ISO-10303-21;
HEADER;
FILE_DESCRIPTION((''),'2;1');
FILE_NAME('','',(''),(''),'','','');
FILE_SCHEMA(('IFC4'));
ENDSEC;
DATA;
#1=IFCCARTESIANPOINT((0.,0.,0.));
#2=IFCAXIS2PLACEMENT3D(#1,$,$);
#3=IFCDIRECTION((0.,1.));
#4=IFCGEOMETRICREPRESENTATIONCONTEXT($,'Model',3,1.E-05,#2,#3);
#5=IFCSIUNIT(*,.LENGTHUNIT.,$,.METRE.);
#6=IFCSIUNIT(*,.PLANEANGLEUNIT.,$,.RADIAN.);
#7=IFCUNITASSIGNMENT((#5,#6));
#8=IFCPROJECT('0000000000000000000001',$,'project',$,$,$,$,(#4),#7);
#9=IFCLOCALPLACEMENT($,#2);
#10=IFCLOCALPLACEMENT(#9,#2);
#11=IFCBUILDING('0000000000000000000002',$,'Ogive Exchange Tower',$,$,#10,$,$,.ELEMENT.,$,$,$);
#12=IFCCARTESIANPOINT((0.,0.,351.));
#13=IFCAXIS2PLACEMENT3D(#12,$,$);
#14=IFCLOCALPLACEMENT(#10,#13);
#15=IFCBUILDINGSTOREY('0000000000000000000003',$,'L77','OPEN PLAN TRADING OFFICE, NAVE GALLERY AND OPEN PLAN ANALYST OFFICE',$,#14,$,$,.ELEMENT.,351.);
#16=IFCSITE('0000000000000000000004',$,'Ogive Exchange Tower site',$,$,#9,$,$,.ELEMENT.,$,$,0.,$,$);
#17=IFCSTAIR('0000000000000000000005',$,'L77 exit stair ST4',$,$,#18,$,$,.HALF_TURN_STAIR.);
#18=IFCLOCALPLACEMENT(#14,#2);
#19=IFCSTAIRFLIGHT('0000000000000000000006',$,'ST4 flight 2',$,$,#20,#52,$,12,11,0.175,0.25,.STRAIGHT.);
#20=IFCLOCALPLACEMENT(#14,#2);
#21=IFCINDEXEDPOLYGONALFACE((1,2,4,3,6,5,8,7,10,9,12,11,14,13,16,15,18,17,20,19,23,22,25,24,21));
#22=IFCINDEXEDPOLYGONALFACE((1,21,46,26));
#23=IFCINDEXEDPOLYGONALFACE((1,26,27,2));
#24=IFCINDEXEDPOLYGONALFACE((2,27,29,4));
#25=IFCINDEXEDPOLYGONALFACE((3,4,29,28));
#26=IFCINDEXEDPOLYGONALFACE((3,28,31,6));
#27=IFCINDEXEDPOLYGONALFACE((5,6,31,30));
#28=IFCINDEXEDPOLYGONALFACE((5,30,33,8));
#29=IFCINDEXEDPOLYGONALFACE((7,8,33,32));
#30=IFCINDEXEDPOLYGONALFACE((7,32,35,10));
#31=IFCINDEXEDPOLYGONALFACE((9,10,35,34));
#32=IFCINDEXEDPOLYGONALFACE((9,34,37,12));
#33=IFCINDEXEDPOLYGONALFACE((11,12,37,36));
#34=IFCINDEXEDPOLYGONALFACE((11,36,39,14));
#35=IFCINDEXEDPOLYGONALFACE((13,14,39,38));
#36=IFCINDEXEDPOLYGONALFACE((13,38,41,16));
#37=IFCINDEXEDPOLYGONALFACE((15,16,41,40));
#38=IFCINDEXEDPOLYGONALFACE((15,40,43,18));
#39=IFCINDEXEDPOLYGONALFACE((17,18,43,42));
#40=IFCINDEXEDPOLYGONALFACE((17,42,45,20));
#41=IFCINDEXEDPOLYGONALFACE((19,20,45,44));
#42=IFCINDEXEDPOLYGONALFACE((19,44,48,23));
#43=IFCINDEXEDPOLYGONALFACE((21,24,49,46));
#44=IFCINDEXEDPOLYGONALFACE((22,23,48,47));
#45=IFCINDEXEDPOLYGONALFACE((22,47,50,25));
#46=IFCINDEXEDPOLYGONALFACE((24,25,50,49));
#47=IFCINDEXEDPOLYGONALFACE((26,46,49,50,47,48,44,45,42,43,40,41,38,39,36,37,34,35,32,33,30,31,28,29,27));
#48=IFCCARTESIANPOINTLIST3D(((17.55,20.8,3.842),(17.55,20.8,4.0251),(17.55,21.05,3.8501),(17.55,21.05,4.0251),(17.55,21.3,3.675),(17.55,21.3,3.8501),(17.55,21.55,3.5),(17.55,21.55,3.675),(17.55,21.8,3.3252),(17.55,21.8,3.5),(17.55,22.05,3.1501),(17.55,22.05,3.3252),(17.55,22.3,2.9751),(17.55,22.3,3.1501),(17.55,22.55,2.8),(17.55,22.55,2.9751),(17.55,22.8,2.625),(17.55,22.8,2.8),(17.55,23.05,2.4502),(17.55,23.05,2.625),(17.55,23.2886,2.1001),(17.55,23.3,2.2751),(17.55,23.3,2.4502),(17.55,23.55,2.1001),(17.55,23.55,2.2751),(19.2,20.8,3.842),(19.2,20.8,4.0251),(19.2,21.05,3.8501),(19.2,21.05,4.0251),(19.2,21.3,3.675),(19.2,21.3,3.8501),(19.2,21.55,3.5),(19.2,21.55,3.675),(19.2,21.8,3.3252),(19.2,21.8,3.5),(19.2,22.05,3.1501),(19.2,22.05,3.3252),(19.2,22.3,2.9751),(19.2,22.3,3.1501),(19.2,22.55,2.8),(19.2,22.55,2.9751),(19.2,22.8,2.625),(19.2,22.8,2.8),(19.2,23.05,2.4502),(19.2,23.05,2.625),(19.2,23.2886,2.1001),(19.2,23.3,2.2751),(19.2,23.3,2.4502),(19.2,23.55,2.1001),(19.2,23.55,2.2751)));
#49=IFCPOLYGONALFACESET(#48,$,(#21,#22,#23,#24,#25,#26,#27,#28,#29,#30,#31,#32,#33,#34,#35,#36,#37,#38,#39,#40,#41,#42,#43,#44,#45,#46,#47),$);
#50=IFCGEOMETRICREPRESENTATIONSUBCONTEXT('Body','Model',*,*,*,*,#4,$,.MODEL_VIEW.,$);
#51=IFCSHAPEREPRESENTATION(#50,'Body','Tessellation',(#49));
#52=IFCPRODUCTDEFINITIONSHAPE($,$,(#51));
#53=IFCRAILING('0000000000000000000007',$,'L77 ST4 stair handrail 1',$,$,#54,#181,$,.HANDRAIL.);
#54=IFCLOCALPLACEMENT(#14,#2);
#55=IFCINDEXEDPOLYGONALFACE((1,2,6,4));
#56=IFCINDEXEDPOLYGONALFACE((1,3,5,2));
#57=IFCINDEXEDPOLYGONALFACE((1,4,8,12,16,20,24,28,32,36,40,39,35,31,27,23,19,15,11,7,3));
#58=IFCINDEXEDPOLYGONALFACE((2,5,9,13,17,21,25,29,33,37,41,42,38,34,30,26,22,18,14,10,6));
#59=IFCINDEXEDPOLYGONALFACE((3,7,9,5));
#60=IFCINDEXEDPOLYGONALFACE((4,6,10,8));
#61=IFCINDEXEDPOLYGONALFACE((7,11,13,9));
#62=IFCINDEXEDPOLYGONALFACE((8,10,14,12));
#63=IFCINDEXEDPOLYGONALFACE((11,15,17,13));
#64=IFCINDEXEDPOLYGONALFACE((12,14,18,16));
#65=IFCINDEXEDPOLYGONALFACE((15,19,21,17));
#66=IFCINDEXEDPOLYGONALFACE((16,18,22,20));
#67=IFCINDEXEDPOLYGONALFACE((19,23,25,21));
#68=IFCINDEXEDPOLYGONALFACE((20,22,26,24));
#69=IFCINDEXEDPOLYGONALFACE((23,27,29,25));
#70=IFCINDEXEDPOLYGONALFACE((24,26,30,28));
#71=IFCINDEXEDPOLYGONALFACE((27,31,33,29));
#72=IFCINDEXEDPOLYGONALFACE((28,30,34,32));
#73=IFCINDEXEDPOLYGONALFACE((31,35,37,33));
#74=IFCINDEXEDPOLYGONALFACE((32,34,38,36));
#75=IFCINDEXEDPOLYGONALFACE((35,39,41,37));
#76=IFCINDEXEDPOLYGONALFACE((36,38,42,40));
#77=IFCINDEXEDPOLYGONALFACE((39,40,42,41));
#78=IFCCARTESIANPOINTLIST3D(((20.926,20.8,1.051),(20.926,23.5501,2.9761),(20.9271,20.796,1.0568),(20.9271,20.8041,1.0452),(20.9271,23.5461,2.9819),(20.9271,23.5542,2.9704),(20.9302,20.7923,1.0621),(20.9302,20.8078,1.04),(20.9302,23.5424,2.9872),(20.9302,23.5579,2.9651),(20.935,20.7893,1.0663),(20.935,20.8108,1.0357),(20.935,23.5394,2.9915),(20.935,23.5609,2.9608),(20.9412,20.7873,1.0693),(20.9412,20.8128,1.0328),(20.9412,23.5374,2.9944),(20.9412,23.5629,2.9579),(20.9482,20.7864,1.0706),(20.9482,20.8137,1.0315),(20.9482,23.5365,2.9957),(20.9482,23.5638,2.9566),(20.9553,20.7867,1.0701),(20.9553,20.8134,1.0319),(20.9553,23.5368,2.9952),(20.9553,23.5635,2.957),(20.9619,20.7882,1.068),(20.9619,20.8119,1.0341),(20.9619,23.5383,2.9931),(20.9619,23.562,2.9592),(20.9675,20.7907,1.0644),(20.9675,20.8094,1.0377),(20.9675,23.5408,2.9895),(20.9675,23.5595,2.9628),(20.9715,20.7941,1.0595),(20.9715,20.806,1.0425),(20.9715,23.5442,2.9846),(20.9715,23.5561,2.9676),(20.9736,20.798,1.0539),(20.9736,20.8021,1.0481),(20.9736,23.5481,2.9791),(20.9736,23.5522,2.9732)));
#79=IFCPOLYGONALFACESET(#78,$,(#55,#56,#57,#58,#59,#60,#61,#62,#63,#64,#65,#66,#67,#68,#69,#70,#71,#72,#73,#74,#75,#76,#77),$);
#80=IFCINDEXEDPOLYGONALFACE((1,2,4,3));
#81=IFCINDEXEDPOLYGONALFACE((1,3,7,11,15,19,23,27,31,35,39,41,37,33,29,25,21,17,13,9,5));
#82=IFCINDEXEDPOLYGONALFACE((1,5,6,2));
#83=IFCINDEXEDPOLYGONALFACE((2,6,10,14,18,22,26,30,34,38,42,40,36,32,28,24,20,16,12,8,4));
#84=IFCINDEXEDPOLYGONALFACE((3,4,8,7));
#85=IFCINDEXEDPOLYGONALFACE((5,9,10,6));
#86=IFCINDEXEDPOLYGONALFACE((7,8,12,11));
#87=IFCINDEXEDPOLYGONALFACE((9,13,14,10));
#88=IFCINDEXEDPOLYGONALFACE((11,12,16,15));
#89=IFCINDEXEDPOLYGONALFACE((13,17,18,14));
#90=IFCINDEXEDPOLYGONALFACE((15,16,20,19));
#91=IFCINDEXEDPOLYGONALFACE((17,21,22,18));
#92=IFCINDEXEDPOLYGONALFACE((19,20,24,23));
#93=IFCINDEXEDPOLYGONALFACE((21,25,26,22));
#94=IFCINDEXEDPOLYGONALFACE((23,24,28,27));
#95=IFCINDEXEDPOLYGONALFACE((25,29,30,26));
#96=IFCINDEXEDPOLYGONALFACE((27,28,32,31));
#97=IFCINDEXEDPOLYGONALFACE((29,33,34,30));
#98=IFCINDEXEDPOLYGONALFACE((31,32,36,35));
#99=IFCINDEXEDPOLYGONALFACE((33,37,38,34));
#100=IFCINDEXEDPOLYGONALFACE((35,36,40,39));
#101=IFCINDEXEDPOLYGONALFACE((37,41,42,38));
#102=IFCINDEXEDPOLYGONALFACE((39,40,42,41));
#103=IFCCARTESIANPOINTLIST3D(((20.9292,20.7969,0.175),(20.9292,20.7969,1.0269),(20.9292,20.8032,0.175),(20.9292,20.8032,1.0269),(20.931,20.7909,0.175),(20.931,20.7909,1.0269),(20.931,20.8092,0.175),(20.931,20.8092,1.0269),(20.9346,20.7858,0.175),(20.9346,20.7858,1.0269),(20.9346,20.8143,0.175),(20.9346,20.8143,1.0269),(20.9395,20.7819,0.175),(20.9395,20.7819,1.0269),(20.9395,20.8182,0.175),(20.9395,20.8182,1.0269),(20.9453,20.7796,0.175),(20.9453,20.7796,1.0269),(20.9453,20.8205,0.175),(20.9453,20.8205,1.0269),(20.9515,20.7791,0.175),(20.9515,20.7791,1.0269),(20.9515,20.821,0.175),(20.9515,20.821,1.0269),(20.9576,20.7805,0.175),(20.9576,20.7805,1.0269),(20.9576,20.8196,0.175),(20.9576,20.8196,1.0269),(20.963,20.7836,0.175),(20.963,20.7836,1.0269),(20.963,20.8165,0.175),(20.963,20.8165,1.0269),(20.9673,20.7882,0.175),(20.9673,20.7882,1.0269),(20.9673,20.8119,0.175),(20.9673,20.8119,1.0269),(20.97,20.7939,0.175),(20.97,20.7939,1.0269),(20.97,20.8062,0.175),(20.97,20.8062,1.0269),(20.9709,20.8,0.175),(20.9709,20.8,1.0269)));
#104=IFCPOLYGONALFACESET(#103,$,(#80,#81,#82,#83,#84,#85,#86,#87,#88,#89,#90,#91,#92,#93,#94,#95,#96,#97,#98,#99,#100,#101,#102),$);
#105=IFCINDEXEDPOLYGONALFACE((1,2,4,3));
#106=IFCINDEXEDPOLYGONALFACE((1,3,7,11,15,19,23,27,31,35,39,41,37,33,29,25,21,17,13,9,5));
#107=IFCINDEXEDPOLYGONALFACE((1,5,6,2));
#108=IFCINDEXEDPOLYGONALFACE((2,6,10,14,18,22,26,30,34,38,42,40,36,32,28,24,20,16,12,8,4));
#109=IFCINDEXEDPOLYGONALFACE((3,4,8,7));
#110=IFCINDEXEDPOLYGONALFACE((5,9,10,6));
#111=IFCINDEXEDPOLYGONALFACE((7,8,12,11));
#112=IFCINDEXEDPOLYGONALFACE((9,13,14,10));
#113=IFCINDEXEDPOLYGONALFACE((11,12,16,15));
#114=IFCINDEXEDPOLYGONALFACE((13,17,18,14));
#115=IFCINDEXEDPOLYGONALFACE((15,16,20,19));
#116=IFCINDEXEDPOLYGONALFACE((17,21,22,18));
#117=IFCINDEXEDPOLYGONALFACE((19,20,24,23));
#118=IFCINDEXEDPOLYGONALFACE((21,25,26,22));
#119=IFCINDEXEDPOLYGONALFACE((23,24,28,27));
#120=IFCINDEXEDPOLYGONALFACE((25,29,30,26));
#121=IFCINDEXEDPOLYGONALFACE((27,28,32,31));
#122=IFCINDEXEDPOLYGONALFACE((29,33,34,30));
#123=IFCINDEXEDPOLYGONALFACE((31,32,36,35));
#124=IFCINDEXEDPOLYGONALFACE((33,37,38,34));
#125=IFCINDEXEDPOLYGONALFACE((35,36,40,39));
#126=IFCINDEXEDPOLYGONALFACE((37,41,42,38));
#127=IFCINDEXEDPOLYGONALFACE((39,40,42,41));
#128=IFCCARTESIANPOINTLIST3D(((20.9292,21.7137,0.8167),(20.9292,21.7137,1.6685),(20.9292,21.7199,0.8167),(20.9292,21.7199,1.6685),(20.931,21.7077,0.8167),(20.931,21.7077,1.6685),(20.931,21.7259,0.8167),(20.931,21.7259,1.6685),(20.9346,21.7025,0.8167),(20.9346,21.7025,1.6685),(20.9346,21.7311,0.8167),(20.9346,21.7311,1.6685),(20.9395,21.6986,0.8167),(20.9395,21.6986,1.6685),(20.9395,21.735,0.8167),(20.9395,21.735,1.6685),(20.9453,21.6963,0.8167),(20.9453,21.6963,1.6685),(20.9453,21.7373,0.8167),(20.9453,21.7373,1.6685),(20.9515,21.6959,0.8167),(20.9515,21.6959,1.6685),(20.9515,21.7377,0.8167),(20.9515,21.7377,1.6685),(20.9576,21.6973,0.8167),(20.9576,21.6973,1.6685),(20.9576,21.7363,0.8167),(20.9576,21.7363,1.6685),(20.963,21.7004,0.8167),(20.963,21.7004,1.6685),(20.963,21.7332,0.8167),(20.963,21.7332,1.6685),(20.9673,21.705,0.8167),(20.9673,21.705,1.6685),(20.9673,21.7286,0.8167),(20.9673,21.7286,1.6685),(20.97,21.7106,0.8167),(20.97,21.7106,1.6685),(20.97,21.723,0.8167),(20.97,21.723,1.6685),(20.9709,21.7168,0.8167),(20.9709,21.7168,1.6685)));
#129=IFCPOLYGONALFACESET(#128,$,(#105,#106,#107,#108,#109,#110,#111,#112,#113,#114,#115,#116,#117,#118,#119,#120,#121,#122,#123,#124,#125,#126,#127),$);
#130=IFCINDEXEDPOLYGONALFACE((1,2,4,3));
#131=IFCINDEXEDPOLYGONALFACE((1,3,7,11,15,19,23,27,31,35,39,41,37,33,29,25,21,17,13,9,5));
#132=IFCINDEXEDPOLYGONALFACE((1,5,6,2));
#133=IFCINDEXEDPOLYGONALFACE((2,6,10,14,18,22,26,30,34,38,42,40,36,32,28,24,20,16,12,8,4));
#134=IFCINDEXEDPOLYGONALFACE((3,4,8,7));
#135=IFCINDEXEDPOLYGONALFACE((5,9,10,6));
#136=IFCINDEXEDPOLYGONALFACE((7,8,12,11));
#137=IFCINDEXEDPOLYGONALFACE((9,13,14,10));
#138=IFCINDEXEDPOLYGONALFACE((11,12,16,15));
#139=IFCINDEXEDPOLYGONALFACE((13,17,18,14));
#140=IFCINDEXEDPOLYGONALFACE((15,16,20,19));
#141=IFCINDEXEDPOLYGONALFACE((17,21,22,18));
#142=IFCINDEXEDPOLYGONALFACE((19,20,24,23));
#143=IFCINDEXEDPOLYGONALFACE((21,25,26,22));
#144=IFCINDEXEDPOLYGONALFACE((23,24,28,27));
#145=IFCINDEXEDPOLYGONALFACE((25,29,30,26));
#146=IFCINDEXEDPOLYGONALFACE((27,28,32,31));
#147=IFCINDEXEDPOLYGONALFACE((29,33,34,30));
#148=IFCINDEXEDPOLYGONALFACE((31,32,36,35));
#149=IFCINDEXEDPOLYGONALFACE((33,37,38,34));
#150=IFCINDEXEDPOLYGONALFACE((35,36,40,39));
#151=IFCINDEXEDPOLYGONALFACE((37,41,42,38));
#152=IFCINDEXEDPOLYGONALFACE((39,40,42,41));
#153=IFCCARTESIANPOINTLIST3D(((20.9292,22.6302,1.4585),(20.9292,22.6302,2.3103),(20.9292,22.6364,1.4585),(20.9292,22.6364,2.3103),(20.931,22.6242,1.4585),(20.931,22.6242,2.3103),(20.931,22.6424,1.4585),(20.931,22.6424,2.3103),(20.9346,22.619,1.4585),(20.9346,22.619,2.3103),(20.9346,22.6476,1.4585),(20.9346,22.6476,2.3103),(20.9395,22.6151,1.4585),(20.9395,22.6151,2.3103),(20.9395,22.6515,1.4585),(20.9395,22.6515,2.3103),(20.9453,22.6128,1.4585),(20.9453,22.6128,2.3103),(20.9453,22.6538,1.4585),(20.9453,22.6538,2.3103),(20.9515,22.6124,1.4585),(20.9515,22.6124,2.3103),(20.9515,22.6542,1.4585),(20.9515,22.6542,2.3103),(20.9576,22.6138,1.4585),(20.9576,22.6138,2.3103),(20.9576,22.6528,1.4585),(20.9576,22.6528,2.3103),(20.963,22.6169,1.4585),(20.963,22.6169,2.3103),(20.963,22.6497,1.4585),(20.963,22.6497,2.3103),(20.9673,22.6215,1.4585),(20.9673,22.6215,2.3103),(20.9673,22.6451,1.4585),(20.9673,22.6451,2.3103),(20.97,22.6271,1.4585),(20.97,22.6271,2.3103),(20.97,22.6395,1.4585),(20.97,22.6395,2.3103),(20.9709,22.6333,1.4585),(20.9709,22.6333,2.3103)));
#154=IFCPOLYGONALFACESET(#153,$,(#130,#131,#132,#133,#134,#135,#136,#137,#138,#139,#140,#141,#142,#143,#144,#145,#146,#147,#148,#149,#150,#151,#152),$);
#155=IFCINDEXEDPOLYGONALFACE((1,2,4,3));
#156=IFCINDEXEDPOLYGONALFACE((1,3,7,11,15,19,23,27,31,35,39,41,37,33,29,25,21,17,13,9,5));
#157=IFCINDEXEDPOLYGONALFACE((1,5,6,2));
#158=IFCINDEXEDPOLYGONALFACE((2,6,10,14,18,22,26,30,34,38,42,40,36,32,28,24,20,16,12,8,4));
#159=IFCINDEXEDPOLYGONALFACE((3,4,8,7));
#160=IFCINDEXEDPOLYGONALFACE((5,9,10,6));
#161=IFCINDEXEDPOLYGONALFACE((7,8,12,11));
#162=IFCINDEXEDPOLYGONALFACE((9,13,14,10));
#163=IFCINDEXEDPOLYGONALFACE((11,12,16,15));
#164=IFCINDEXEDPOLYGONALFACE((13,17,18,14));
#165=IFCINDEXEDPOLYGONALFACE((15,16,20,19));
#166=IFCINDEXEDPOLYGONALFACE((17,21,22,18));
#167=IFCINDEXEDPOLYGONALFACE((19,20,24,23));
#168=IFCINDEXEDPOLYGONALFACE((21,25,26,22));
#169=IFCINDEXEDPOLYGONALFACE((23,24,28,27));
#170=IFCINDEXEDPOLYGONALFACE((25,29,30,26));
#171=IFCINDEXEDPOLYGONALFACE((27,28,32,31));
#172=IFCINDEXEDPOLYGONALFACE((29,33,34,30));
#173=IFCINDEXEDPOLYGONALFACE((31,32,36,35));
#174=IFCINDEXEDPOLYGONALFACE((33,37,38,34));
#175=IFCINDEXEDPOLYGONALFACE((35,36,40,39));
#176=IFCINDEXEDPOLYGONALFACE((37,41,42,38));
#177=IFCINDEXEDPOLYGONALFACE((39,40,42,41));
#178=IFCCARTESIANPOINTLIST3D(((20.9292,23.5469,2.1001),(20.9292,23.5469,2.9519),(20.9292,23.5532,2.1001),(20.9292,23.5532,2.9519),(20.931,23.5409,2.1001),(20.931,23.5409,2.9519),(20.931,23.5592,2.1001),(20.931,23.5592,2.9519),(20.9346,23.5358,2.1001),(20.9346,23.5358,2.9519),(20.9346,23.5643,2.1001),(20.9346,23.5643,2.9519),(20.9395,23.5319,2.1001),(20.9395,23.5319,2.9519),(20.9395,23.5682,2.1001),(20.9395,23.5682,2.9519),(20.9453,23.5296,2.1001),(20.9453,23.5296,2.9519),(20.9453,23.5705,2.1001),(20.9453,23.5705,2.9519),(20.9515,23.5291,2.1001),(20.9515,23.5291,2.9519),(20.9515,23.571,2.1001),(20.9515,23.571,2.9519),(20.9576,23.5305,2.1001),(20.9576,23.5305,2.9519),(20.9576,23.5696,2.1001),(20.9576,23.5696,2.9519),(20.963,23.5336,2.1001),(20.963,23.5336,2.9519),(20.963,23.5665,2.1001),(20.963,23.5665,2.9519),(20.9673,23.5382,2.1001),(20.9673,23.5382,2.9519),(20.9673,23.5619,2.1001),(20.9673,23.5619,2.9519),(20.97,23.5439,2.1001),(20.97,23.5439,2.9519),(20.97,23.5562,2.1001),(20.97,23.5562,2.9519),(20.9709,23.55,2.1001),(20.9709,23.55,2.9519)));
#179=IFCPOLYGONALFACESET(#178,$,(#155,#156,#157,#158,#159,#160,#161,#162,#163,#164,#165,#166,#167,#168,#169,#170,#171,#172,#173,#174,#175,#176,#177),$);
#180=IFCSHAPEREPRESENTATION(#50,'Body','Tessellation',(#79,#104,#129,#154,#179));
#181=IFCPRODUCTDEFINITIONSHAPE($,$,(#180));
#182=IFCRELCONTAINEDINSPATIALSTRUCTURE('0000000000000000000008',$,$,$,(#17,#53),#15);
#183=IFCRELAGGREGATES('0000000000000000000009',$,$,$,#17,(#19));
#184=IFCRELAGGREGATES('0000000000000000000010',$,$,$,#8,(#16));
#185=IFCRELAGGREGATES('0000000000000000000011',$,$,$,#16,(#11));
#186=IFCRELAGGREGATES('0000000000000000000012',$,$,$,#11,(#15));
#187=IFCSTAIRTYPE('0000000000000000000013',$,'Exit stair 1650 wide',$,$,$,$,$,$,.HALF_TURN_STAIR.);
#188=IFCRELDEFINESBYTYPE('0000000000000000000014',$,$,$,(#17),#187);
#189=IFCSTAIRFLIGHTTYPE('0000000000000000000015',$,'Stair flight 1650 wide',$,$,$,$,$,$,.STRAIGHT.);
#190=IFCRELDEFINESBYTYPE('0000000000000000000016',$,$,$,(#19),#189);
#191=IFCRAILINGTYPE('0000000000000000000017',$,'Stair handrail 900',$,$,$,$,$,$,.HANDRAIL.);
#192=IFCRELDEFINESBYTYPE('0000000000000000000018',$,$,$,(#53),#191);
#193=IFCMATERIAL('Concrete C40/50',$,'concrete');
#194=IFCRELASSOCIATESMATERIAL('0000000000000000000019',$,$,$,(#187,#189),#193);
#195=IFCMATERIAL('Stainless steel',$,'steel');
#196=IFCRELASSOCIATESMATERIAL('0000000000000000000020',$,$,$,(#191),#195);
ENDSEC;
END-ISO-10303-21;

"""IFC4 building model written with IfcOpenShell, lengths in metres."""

from ifc_helpers import new_model, si_unit, direction, frame, origin, origin_2d, place, context, subcontext, project, spatial, polyline, circle, outline, extrude, material, type_object, element, aggregate, save


model = new_model("IFC4")

# Units and contexts
model_context = context("Model", 3, precision=1e-05, world=origin(), true_north=direction((0.0, 1.0)))
body_context = subcontext(model_context, "Body", "Model", "MODEL_VIEW")
ifc_project = project(units=[si_unit("LENGTHUNIT", "METRE"), si_unit("PLANEANGLEUNIT", "RADIAN")], contexts=[model_context])

# Site, building, storey
site_placement = place(None, origin())
site = spatial("IfcSite", under=ifc_project, at=site_placement, Name="Ogive Exchange Tower site", CompositionType="ELEMENT", RefElevation=0.0)
building_placement = place(site_placement, origin())
building = spatial("IfcBuilding", under=site, at=building_placement, Name="Ogive Exchange Tower", CompositionType="ELEMENT")
storey_placement = place(building_placement, frame((0.0, 0.0, 351.0)))
storey = spatial("IfcBuildingStorey", under=building, at=storey_placement, Name="L77", Description="OPEN PLAN TRADING OFFICE, NAVE GALLERY AND OPEN PLAN ANALYST OFFICE", CompositionType="ELEMENT", Elevation=351.0)

# Stair, stair flight
ifc_material_1 = material(Name="Concrete C40/50", Category="concrete")
stair_type = type_object("IfcStairType", Name="Exit stair 1650 wide", PredefinedType="HALF_TURN_STAIR", material=ifc_material_1)
stair_placement = place(storey_placement, origin())
stair = element("IfcStair", 1, at=stair_placement, inside=storey, type_object=stair_type, Name="L77 exit stair ST4", PredefinedType="HALF_TURN_STAIR")
stair_flight_type = type_object("IfcStairFlightType", Name="Stair flight 1650 wide", PredefinedType="STRAIGHT", material=ifc_material_1)
stair_flight_1_placement = place(storey_placement, frame((18.375, 23.55, 2.1001), z_axis=(0.0, 0.0, 1.0), x_axis=(0.0, -1.0, 0.0)))
stair_flight_1 = element("IfcStairFlight", 2, at=stair_flight_1_placement, type_object=stair_flight_type, Name="ST4 flight 2", NumberOfRisers=12, NumberOfTreads=11, PredefinedType="STRAIGHT", RiserHeight=0.175, TreadLength=0.25, context=body_context, shape_type="SweptSolid", body=[
    extrude(outline(polyline([(0.0, 0.0), (0.0, 0.175), (0.25, 0.175), (0.25, 0.3501), (0.5, 0.3501), (0.5, 0.5249), (0.75, 0.5249), (0.75, 0.7), (1.0, 0.7), (1.0, 0.875), (1.25, 0.875), (1.25, 1.05), (1.5, 1.05), (1.5, 1.2251), (1.75, 1.2251), (1.75, 1.3999), (2.0, 1.3999), (2.0, 1.575), (2.25, 1.575), (2.25, 1.75), (2.5, 1.75), (2.5, 1.925), (2.75, 1.925), (2.75, 2.1001), (2.75, 1.7419), (0.2615, 0.0), (0.0, 0.0)])), frame((0.0, 0.825, 0.0), z_axis=(0.0, -1.0, 0.0), x_axis=(1.0, 0.0, 0.0)), (0.0, 0.0, 1.0), 1.6499),
])
aggregate(stair, [stair_flight_1])

# Railing
ifc_material_2 = material(Name="Stainless steel", Category="steel")
railing_type = type_object("IfcRailingType", Name="Stair handrail 900", PredefinedType="HANDRAIL", material=ifc_material_2)
railing_1_placement = place(storey_placement, frame((20.95, 20.8, 0.175)))
element("IfcRailing", 3, at=railing_1_placement, inside=storey, type_object=railing_type, Name="L77 ST4 stair handrail 1", PredefinedType="HANDRAIL", context=body_context, shape_type="SweptSolid", body=[
    extrude(circle(Radius=0.0239, at=origin_2d()), frame((0.0, 0.0, 0.876), z_axis=(0.0, 0.819225, 0.573472), x_axis=(-1.0, 0.0, 0.0)), (0.0, 0.0, 1.0), 3.3569),
    extrude(circle(Radius=0.021, at=origin_2d()), origin(), (0.0, 0.0, 1.0), 0.8518),
    extrude(circle(Radius=0.021, at=origin_2d()), frame((0.0, 0.9167, 0.6416)), (0.0, 0.0, 1.0), 0.8518),
    extrude(circle(Radius=0.021, at=origin_2d()), frame((0.0, 1.8333, 1.2834)), (0.0, 0.0, 1.0), 0.8518),
    extrude(circle(Radius=0.021, at=origin_2d()), frame((0.0, 2.75, 1.925)), (0.0, 0.0, 1.0), 0.8518),
])

save(model, "model.ifc")
